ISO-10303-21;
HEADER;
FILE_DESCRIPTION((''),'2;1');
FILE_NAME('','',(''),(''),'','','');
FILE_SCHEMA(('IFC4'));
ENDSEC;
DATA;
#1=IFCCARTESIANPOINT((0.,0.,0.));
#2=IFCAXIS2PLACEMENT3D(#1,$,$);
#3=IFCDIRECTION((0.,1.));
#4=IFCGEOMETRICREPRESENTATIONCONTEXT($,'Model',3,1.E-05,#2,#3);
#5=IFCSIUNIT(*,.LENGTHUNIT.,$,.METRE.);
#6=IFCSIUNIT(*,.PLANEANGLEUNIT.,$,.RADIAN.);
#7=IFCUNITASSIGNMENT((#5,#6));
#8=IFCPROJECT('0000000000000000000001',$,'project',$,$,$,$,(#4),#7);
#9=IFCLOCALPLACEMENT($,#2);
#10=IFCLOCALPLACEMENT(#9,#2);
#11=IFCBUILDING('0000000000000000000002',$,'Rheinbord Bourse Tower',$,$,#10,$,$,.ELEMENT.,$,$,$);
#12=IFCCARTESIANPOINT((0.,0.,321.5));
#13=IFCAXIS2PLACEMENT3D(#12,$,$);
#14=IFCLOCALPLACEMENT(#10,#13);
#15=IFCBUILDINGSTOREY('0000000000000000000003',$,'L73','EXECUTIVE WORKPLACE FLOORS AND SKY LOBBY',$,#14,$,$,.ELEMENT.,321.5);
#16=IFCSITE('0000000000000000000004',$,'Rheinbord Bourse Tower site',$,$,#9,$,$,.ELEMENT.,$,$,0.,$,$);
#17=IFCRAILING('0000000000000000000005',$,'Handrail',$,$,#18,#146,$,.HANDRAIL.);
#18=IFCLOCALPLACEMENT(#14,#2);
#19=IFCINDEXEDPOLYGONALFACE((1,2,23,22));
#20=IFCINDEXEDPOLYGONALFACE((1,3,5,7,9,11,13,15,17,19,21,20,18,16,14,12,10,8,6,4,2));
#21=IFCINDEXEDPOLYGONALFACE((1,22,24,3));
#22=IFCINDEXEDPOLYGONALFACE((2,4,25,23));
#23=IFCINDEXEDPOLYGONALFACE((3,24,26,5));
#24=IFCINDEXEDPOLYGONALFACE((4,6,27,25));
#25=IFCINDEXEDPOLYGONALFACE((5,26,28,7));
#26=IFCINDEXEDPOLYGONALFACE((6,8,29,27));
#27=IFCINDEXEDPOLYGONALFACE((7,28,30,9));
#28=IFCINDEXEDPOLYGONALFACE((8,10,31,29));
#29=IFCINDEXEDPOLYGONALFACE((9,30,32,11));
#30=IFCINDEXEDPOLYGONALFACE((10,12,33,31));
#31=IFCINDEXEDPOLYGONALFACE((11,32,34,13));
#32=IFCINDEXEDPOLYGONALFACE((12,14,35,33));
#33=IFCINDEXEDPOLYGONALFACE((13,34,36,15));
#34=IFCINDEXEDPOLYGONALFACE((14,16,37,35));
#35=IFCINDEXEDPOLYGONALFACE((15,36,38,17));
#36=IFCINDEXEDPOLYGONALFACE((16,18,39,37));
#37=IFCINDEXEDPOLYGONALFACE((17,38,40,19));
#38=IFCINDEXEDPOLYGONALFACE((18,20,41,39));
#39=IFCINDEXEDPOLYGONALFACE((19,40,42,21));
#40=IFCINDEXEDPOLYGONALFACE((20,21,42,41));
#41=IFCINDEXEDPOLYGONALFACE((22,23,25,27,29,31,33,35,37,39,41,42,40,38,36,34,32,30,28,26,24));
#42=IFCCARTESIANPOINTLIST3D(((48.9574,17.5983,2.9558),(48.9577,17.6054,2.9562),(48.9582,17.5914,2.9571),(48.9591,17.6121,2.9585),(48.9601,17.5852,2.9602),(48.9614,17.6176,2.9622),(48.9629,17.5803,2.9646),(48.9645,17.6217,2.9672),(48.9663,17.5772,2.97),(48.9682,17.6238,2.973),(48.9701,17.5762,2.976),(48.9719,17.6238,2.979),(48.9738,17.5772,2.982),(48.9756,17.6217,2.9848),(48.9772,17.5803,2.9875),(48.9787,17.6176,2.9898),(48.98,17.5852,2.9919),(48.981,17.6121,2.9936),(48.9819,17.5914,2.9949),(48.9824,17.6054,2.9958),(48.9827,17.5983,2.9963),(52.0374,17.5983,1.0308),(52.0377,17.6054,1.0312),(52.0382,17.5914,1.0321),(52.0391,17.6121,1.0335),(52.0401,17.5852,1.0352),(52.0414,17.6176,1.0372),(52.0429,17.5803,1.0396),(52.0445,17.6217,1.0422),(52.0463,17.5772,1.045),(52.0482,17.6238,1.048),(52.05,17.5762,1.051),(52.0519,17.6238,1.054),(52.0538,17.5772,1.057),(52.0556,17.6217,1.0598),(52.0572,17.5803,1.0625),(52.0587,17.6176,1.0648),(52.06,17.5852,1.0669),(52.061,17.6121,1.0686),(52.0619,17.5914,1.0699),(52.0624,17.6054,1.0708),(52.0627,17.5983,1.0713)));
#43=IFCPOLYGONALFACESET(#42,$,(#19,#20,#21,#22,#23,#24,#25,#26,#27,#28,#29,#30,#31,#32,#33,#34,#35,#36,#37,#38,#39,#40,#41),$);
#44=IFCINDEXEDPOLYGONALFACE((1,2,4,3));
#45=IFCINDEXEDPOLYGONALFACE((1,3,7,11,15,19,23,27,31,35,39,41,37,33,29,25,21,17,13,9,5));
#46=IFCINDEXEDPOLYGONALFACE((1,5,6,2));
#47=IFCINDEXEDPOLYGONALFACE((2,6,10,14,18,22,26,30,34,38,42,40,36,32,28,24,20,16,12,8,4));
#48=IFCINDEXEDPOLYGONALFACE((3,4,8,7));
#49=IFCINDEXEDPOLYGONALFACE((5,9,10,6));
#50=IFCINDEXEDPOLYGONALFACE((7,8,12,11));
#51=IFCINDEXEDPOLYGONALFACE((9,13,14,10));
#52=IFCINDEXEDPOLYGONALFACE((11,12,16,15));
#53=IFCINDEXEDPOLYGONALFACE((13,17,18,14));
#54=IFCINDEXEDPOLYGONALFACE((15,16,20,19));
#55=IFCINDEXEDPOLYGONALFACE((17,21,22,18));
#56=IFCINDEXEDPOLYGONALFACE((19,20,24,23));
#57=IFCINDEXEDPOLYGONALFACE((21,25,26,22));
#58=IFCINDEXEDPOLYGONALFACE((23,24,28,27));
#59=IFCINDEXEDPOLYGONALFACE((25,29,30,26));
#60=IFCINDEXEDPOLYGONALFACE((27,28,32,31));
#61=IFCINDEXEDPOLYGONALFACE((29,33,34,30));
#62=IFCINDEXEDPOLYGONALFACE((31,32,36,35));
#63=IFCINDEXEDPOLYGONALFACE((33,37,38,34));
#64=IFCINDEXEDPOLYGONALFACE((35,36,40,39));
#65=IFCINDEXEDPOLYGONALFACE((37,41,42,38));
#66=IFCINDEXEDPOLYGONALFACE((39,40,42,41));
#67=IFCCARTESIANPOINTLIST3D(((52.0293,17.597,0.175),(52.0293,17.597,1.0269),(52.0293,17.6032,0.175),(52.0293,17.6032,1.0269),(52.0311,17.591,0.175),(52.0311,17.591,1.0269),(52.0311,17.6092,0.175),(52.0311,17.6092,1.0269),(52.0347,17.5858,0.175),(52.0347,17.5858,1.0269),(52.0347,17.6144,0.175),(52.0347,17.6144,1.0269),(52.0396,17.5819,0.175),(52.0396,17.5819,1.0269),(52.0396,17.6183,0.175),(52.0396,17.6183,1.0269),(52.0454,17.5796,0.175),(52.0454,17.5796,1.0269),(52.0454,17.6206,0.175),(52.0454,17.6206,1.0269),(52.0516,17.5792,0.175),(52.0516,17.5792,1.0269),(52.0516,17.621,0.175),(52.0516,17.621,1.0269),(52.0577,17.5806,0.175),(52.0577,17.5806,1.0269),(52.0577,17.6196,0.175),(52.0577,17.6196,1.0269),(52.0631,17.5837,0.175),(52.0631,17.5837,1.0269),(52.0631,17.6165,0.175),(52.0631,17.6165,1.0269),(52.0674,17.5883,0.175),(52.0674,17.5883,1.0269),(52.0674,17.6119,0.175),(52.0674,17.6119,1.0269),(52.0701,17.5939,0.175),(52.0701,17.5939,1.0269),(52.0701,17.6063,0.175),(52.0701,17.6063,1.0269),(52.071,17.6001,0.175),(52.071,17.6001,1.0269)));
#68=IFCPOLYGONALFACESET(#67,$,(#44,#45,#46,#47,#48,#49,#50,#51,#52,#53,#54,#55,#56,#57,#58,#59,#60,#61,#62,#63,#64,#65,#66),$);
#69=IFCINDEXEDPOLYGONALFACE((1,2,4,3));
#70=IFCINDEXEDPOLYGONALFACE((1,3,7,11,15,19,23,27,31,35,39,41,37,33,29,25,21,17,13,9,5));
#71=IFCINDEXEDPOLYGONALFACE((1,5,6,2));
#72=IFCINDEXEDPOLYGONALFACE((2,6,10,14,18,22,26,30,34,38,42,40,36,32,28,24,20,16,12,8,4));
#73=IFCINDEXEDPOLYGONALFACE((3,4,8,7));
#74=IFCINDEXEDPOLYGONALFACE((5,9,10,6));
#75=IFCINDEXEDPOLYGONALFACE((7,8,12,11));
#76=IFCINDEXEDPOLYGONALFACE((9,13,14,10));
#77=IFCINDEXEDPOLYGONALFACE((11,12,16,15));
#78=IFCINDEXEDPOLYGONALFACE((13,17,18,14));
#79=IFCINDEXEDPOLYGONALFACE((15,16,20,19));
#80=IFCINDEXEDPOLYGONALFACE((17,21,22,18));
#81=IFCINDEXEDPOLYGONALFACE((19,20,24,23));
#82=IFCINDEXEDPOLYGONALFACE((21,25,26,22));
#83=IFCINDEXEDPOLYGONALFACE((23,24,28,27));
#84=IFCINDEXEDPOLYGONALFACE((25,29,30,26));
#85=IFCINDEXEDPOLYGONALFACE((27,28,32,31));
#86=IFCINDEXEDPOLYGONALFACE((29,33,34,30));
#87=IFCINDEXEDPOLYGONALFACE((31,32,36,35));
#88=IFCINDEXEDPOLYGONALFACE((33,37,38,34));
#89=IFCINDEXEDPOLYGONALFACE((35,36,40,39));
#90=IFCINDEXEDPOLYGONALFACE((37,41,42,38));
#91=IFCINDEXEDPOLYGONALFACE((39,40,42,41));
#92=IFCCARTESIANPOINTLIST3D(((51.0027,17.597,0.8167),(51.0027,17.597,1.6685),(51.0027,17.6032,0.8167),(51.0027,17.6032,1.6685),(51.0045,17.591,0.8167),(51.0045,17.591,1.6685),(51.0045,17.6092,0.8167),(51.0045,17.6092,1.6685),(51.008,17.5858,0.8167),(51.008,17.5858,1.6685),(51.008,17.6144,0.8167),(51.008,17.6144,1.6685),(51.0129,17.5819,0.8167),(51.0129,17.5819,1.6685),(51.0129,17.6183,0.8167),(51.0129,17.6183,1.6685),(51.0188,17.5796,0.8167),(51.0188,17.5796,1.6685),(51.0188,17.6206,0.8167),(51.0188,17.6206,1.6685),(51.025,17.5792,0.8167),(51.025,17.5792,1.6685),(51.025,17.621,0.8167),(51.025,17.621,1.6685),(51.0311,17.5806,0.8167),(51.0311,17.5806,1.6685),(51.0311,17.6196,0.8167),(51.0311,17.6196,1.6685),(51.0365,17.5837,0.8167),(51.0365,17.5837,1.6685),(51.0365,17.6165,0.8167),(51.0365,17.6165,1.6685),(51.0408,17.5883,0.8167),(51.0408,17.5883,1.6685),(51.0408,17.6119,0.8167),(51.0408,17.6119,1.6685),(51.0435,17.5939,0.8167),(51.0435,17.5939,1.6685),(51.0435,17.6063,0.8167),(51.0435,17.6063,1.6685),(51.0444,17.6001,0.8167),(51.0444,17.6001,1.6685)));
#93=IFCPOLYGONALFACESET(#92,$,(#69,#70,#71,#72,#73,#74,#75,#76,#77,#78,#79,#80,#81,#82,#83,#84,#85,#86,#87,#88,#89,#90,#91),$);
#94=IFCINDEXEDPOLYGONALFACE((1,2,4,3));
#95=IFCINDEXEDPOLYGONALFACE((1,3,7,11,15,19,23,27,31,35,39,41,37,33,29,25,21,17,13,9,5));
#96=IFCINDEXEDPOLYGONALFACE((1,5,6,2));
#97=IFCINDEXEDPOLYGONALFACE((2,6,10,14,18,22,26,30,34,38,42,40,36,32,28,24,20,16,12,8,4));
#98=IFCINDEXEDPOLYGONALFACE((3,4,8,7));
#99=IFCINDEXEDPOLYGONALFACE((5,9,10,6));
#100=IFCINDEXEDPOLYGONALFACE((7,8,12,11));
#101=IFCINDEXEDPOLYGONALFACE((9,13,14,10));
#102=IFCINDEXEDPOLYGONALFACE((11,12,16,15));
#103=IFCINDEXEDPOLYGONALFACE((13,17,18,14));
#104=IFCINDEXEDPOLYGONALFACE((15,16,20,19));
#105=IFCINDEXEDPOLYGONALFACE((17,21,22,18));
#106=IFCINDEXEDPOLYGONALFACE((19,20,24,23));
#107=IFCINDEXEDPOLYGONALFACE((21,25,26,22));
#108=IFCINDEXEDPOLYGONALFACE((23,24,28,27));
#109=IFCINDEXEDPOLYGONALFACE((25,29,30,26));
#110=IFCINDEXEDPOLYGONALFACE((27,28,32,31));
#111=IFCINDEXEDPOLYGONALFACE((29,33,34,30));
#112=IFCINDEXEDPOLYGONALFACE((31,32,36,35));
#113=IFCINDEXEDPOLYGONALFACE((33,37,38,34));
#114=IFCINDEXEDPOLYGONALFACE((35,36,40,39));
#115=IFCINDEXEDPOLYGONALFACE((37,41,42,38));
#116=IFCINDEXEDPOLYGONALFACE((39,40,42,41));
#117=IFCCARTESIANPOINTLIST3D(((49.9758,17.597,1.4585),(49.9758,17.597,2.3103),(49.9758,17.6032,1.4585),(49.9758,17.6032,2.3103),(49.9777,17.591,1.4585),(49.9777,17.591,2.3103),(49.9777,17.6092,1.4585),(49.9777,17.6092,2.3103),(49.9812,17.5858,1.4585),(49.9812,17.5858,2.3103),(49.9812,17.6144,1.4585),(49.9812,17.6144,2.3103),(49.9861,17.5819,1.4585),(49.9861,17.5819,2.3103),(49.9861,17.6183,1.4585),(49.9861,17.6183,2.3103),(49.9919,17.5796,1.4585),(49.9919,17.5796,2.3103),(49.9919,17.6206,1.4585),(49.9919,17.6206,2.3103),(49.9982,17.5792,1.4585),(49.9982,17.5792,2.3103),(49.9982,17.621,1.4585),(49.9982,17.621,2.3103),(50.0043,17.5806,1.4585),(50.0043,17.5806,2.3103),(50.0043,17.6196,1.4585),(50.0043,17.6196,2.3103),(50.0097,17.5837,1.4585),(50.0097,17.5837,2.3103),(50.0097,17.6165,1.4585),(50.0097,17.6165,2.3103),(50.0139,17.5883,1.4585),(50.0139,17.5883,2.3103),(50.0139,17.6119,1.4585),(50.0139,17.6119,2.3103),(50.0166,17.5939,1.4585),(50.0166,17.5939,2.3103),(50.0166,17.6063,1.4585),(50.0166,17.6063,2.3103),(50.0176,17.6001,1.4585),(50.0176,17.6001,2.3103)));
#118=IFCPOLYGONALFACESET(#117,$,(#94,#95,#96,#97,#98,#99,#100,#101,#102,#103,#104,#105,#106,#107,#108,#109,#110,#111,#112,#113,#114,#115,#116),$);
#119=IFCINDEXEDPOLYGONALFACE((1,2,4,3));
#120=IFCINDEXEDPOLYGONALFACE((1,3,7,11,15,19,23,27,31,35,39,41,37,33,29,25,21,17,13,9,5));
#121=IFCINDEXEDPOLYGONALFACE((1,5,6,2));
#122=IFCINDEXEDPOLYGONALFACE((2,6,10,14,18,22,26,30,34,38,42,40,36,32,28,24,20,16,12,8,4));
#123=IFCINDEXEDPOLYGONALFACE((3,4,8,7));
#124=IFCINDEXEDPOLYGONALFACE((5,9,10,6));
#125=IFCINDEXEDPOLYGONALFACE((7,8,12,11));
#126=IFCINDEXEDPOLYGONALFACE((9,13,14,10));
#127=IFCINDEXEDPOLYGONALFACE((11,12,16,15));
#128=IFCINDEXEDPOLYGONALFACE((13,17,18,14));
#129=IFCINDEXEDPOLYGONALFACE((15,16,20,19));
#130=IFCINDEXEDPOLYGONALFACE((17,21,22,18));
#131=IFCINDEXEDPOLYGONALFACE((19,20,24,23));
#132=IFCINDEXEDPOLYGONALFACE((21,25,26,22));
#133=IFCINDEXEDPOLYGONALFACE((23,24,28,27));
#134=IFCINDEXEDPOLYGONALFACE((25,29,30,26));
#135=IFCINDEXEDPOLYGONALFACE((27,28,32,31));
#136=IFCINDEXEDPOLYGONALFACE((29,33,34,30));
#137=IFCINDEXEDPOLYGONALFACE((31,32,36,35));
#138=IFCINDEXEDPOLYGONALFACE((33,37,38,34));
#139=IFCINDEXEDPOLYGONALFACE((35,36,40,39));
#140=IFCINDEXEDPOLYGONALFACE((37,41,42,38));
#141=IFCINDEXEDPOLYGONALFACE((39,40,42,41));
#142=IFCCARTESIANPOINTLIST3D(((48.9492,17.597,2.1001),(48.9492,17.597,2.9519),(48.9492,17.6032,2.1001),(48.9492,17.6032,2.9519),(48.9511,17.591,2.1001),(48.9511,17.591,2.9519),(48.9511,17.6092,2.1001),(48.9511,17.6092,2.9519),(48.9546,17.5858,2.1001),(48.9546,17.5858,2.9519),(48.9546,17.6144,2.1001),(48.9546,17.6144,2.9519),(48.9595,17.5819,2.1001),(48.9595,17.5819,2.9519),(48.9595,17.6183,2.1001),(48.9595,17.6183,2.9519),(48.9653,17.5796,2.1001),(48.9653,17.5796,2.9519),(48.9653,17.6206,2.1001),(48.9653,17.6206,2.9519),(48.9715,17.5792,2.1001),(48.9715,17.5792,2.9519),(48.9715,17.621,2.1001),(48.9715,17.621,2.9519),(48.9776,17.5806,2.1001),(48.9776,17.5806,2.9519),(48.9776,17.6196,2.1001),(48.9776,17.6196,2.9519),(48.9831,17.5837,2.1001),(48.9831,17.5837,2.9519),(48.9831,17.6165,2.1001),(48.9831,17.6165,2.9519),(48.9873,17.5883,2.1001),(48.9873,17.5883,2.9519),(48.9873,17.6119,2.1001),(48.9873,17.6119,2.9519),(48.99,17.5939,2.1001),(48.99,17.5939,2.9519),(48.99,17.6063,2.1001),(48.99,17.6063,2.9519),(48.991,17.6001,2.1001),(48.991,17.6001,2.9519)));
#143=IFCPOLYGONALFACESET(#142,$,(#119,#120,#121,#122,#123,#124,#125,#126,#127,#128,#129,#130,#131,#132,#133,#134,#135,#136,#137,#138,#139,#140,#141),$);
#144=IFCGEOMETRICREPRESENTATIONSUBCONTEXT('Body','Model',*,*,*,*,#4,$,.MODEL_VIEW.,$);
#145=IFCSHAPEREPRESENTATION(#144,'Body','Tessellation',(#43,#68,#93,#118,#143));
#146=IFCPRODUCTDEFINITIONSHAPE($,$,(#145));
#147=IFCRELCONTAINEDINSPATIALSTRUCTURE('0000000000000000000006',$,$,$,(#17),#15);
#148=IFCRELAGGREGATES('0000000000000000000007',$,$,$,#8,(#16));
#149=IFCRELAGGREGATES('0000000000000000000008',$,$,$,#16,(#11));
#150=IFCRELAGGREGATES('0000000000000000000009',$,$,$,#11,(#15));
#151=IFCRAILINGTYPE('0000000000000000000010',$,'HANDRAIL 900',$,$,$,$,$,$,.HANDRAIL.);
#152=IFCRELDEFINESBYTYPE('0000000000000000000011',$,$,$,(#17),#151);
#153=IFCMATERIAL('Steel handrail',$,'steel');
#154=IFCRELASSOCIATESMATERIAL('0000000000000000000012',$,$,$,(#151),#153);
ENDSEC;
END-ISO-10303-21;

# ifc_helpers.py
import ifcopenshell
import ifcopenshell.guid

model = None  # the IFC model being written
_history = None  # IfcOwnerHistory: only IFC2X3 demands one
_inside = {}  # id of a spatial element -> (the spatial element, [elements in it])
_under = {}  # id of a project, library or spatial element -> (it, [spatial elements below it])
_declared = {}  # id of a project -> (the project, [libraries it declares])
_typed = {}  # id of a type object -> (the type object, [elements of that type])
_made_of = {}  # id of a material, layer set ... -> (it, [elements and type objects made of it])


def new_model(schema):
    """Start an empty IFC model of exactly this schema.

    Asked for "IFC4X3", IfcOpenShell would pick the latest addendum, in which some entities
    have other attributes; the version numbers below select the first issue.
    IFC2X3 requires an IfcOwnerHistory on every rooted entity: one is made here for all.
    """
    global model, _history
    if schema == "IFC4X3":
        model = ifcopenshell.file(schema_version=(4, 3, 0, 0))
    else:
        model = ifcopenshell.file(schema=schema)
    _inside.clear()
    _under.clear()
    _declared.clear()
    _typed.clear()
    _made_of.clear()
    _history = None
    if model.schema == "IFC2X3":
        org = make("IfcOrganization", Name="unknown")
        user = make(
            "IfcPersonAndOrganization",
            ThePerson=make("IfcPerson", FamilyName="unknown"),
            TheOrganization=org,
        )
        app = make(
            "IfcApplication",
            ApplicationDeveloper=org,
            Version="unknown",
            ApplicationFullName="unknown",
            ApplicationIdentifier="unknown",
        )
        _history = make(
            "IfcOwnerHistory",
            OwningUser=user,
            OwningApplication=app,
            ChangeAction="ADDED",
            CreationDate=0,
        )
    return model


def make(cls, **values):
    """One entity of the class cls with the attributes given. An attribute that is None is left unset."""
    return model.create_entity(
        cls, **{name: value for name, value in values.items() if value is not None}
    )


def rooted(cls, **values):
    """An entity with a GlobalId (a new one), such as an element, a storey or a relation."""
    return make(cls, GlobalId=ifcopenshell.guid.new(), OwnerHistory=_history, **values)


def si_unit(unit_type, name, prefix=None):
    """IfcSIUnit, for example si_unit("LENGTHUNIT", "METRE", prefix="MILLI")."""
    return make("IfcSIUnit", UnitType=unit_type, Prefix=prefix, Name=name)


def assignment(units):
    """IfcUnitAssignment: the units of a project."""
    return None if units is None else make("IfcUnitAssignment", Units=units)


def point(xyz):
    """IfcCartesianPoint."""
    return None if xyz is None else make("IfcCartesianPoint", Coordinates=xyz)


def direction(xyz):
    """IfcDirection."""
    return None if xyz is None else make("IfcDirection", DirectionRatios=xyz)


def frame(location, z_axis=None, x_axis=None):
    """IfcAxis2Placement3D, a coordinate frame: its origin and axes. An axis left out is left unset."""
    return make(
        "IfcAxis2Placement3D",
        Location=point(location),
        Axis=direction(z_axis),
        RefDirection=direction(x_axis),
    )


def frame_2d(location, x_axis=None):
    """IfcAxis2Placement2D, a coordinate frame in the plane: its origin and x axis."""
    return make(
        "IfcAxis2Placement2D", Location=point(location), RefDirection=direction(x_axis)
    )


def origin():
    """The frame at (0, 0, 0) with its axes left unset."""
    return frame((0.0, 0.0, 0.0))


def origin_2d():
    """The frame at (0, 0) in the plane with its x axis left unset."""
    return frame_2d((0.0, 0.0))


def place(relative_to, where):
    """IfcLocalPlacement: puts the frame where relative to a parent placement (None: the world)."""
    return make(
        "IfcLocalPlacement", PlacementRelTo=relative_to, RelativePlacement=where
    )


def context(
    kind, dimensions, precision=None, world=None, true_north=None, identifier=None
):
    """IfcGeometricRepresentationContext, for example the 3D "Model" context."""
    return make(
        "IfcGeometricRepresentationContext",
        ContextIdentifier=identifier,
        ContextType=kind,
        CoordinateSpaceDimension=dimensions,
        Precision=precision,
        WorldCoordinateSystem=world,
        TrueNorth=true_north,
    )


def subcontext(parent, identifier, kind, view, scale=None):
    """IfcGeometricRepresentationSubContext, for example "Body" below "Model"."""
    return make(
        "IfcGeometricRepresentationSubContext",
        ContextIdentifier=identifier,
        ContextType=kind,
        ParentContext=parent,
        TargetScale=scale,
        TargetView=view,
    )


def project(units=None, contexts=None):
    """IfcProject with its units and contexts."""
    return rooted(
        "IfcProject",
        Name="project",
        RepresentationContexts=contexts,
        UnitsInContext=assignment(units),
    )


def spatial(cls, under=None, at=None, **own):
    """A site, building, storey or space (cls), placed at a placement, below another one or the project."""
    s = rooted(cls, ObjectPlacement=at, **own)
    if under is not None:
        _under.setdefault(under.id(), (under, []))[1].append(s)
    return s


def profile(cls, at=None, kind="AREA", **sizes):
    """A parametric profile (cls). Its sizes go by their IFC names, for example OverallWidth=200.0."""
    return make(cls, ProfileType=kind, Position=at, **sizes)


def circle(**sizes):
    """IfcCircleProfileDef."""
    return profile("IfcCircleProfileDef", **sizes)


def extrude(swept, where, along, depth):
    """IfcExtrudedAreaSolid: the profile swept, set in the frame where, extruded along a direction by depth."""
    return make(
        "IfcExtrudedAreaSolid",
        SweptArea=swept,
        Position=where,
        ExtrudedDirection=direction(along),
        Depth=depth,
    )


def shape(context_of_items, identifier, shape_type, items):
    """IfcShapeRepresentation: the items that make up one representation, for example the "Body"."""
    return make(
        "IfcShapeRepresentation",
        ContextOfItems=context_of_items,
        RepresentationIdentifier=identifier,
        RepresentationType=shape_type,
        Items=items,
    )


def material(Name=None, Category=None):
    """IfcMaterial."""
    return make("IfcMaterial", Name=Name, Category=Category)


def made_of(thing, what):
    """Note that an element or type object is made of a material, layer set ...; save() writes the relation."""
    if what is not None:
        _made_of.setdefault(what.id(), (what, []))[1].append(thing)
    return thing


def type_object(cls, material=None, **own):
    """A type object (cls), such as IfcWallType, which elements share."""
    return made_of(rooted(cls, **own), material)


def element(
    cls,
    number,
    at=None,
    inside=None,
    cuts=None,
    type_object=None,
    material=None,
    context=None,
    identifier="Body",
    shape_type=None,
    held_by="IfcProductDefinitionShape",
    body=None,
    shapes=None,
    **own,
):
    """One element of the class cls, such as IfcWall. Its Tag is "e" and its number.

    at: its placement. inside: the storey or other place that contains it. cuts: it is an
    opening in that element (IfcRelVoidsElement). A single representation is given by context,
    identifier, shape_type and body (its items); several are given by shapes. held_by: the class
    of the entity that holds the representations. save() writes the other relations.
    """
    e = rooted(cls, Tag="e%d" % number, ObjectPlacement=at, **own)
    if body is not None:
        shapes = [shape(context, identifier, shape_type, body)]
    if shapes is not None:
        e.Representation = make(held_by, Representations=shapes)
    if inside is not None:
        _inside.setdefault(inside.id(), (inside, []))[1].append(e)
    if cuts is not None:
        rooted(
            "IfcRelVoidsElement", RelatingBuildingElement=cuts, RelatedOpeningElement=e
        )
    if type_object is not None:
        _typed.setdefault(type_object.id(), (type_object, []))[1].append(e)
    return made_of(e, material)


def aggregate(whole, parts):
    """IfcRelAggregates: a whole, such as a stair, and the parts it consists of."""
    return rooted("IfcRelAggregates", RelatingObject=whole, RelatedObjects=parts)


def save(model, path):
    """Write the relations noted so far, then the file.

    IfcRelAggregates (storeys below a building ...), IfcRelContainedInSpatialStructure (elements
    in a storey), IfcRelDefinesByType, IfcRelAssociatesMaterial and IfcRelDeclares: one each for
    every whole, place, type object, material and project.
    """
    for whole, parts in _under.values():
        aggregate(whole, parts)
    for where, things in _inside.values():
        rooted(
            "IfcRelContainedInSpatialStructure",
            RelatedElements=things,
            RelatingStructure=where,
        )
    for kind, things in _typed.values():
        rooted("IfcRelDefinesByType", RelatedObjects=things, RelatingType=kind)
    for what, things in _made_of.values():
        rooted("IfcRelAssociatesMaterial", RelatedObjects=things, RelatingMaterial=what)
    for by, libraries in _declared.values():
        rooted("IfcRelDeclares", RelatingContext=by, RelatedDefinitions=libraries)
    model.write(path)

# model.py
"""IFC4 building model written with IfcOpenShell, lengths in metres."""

from ifc_helpers import new_model, si_unit, direction, frame, origin, origin_2d, place, context, subcontext, project, spatial, circle, extrude, material, type_object, element, save


model = new_model("IFC4")

# Units and contexts
model_context = context("Model", 3, precision=1e-05, world=origin(), true_north=direction((0.0, 1.0)))
body_context = subcontext(model_context, "Body", "Model", "MODEL_VIEW")
ifc_project = project(units=[si_unit("LENGTHUNIT", "METRE"), si_unit("PLANEANGLEUNIT", "RADIAN")], contexts=[model_context])

# Site, building, storey
site_placement = place(None, origin())
site = spatial("IfcSite", under=ifc_project, at=site_placement, Name="Rheinbord Bourse Tower site", CompositionType="ELEMENT", RefElevation=0.0)
building_placement = place(site_placement, origin())
building = spatial("IfcBuilding", under=site, at=building_placement, Name="Rheinbord Bourse Tower", CompositionType="ELEMENT")
storey_placement = place(building_placement, frame((0.0, 0.0, 321.5)))
storey = spatial("IfcBuildingStorey", under=building, at=storey_placement, Name="L73", Description="EXECUTIVE WORKPLACE FLOORS AND SKY LOBBY", CompositionType="ELEMENT", Elevation=321.5)

# Railing
ifc_material_1 = material(Name="Steel handrail", Category="steel")
railing_type = type_object("IfcRailingType", Name="HANDRAIL 900", PredefinedType="HANDRAIL", material=ifc_material_1)
railing_1_placement = place(storey_placement, frame((52.05, 17.6001, 0.175)))
element("IfcRailing", 1, at=railing_1_placement, inside=storey, type_object=railing_type, Name="Handrail", PredefinedType="HANDRAIL", context=body_context, shape_type="SweptSolid", body=[
    extrude(circle(Radius=0.0239, at=origin_2d()), frame((0.0, 0.0, 0.876), z_axis=(-0.847998, 0.0, 0.529999), x_axis=(0.0, -1.0, 0.0)), (0.0, 0.0, 1.0), 3.6321),
    extrude(circle(Radius=0.021, at=origin_2d()), origin(), (0.0, 0.0, 1.0), 0.8518),
    extrude(circle(Radius=0.021, at=origin_2d()), frame((-1.0266, 0.0, 0.6416)), (0.0, 0.0, 1.0), 0.8518),
    extrude(circle(Radius=0.021, at=origin_2d()), frame((-2.0535, 0.0, 1.2834)), (0.0, 0.0, 1.0), 0.8518),
    extrude(circle(Radius=0.021, at=origin_2d()), frame((-3.0801, 0.0, 1.925)), (0.0, 0.0, 1.0), 0.8518),
])

save(model, "model.ifc")
